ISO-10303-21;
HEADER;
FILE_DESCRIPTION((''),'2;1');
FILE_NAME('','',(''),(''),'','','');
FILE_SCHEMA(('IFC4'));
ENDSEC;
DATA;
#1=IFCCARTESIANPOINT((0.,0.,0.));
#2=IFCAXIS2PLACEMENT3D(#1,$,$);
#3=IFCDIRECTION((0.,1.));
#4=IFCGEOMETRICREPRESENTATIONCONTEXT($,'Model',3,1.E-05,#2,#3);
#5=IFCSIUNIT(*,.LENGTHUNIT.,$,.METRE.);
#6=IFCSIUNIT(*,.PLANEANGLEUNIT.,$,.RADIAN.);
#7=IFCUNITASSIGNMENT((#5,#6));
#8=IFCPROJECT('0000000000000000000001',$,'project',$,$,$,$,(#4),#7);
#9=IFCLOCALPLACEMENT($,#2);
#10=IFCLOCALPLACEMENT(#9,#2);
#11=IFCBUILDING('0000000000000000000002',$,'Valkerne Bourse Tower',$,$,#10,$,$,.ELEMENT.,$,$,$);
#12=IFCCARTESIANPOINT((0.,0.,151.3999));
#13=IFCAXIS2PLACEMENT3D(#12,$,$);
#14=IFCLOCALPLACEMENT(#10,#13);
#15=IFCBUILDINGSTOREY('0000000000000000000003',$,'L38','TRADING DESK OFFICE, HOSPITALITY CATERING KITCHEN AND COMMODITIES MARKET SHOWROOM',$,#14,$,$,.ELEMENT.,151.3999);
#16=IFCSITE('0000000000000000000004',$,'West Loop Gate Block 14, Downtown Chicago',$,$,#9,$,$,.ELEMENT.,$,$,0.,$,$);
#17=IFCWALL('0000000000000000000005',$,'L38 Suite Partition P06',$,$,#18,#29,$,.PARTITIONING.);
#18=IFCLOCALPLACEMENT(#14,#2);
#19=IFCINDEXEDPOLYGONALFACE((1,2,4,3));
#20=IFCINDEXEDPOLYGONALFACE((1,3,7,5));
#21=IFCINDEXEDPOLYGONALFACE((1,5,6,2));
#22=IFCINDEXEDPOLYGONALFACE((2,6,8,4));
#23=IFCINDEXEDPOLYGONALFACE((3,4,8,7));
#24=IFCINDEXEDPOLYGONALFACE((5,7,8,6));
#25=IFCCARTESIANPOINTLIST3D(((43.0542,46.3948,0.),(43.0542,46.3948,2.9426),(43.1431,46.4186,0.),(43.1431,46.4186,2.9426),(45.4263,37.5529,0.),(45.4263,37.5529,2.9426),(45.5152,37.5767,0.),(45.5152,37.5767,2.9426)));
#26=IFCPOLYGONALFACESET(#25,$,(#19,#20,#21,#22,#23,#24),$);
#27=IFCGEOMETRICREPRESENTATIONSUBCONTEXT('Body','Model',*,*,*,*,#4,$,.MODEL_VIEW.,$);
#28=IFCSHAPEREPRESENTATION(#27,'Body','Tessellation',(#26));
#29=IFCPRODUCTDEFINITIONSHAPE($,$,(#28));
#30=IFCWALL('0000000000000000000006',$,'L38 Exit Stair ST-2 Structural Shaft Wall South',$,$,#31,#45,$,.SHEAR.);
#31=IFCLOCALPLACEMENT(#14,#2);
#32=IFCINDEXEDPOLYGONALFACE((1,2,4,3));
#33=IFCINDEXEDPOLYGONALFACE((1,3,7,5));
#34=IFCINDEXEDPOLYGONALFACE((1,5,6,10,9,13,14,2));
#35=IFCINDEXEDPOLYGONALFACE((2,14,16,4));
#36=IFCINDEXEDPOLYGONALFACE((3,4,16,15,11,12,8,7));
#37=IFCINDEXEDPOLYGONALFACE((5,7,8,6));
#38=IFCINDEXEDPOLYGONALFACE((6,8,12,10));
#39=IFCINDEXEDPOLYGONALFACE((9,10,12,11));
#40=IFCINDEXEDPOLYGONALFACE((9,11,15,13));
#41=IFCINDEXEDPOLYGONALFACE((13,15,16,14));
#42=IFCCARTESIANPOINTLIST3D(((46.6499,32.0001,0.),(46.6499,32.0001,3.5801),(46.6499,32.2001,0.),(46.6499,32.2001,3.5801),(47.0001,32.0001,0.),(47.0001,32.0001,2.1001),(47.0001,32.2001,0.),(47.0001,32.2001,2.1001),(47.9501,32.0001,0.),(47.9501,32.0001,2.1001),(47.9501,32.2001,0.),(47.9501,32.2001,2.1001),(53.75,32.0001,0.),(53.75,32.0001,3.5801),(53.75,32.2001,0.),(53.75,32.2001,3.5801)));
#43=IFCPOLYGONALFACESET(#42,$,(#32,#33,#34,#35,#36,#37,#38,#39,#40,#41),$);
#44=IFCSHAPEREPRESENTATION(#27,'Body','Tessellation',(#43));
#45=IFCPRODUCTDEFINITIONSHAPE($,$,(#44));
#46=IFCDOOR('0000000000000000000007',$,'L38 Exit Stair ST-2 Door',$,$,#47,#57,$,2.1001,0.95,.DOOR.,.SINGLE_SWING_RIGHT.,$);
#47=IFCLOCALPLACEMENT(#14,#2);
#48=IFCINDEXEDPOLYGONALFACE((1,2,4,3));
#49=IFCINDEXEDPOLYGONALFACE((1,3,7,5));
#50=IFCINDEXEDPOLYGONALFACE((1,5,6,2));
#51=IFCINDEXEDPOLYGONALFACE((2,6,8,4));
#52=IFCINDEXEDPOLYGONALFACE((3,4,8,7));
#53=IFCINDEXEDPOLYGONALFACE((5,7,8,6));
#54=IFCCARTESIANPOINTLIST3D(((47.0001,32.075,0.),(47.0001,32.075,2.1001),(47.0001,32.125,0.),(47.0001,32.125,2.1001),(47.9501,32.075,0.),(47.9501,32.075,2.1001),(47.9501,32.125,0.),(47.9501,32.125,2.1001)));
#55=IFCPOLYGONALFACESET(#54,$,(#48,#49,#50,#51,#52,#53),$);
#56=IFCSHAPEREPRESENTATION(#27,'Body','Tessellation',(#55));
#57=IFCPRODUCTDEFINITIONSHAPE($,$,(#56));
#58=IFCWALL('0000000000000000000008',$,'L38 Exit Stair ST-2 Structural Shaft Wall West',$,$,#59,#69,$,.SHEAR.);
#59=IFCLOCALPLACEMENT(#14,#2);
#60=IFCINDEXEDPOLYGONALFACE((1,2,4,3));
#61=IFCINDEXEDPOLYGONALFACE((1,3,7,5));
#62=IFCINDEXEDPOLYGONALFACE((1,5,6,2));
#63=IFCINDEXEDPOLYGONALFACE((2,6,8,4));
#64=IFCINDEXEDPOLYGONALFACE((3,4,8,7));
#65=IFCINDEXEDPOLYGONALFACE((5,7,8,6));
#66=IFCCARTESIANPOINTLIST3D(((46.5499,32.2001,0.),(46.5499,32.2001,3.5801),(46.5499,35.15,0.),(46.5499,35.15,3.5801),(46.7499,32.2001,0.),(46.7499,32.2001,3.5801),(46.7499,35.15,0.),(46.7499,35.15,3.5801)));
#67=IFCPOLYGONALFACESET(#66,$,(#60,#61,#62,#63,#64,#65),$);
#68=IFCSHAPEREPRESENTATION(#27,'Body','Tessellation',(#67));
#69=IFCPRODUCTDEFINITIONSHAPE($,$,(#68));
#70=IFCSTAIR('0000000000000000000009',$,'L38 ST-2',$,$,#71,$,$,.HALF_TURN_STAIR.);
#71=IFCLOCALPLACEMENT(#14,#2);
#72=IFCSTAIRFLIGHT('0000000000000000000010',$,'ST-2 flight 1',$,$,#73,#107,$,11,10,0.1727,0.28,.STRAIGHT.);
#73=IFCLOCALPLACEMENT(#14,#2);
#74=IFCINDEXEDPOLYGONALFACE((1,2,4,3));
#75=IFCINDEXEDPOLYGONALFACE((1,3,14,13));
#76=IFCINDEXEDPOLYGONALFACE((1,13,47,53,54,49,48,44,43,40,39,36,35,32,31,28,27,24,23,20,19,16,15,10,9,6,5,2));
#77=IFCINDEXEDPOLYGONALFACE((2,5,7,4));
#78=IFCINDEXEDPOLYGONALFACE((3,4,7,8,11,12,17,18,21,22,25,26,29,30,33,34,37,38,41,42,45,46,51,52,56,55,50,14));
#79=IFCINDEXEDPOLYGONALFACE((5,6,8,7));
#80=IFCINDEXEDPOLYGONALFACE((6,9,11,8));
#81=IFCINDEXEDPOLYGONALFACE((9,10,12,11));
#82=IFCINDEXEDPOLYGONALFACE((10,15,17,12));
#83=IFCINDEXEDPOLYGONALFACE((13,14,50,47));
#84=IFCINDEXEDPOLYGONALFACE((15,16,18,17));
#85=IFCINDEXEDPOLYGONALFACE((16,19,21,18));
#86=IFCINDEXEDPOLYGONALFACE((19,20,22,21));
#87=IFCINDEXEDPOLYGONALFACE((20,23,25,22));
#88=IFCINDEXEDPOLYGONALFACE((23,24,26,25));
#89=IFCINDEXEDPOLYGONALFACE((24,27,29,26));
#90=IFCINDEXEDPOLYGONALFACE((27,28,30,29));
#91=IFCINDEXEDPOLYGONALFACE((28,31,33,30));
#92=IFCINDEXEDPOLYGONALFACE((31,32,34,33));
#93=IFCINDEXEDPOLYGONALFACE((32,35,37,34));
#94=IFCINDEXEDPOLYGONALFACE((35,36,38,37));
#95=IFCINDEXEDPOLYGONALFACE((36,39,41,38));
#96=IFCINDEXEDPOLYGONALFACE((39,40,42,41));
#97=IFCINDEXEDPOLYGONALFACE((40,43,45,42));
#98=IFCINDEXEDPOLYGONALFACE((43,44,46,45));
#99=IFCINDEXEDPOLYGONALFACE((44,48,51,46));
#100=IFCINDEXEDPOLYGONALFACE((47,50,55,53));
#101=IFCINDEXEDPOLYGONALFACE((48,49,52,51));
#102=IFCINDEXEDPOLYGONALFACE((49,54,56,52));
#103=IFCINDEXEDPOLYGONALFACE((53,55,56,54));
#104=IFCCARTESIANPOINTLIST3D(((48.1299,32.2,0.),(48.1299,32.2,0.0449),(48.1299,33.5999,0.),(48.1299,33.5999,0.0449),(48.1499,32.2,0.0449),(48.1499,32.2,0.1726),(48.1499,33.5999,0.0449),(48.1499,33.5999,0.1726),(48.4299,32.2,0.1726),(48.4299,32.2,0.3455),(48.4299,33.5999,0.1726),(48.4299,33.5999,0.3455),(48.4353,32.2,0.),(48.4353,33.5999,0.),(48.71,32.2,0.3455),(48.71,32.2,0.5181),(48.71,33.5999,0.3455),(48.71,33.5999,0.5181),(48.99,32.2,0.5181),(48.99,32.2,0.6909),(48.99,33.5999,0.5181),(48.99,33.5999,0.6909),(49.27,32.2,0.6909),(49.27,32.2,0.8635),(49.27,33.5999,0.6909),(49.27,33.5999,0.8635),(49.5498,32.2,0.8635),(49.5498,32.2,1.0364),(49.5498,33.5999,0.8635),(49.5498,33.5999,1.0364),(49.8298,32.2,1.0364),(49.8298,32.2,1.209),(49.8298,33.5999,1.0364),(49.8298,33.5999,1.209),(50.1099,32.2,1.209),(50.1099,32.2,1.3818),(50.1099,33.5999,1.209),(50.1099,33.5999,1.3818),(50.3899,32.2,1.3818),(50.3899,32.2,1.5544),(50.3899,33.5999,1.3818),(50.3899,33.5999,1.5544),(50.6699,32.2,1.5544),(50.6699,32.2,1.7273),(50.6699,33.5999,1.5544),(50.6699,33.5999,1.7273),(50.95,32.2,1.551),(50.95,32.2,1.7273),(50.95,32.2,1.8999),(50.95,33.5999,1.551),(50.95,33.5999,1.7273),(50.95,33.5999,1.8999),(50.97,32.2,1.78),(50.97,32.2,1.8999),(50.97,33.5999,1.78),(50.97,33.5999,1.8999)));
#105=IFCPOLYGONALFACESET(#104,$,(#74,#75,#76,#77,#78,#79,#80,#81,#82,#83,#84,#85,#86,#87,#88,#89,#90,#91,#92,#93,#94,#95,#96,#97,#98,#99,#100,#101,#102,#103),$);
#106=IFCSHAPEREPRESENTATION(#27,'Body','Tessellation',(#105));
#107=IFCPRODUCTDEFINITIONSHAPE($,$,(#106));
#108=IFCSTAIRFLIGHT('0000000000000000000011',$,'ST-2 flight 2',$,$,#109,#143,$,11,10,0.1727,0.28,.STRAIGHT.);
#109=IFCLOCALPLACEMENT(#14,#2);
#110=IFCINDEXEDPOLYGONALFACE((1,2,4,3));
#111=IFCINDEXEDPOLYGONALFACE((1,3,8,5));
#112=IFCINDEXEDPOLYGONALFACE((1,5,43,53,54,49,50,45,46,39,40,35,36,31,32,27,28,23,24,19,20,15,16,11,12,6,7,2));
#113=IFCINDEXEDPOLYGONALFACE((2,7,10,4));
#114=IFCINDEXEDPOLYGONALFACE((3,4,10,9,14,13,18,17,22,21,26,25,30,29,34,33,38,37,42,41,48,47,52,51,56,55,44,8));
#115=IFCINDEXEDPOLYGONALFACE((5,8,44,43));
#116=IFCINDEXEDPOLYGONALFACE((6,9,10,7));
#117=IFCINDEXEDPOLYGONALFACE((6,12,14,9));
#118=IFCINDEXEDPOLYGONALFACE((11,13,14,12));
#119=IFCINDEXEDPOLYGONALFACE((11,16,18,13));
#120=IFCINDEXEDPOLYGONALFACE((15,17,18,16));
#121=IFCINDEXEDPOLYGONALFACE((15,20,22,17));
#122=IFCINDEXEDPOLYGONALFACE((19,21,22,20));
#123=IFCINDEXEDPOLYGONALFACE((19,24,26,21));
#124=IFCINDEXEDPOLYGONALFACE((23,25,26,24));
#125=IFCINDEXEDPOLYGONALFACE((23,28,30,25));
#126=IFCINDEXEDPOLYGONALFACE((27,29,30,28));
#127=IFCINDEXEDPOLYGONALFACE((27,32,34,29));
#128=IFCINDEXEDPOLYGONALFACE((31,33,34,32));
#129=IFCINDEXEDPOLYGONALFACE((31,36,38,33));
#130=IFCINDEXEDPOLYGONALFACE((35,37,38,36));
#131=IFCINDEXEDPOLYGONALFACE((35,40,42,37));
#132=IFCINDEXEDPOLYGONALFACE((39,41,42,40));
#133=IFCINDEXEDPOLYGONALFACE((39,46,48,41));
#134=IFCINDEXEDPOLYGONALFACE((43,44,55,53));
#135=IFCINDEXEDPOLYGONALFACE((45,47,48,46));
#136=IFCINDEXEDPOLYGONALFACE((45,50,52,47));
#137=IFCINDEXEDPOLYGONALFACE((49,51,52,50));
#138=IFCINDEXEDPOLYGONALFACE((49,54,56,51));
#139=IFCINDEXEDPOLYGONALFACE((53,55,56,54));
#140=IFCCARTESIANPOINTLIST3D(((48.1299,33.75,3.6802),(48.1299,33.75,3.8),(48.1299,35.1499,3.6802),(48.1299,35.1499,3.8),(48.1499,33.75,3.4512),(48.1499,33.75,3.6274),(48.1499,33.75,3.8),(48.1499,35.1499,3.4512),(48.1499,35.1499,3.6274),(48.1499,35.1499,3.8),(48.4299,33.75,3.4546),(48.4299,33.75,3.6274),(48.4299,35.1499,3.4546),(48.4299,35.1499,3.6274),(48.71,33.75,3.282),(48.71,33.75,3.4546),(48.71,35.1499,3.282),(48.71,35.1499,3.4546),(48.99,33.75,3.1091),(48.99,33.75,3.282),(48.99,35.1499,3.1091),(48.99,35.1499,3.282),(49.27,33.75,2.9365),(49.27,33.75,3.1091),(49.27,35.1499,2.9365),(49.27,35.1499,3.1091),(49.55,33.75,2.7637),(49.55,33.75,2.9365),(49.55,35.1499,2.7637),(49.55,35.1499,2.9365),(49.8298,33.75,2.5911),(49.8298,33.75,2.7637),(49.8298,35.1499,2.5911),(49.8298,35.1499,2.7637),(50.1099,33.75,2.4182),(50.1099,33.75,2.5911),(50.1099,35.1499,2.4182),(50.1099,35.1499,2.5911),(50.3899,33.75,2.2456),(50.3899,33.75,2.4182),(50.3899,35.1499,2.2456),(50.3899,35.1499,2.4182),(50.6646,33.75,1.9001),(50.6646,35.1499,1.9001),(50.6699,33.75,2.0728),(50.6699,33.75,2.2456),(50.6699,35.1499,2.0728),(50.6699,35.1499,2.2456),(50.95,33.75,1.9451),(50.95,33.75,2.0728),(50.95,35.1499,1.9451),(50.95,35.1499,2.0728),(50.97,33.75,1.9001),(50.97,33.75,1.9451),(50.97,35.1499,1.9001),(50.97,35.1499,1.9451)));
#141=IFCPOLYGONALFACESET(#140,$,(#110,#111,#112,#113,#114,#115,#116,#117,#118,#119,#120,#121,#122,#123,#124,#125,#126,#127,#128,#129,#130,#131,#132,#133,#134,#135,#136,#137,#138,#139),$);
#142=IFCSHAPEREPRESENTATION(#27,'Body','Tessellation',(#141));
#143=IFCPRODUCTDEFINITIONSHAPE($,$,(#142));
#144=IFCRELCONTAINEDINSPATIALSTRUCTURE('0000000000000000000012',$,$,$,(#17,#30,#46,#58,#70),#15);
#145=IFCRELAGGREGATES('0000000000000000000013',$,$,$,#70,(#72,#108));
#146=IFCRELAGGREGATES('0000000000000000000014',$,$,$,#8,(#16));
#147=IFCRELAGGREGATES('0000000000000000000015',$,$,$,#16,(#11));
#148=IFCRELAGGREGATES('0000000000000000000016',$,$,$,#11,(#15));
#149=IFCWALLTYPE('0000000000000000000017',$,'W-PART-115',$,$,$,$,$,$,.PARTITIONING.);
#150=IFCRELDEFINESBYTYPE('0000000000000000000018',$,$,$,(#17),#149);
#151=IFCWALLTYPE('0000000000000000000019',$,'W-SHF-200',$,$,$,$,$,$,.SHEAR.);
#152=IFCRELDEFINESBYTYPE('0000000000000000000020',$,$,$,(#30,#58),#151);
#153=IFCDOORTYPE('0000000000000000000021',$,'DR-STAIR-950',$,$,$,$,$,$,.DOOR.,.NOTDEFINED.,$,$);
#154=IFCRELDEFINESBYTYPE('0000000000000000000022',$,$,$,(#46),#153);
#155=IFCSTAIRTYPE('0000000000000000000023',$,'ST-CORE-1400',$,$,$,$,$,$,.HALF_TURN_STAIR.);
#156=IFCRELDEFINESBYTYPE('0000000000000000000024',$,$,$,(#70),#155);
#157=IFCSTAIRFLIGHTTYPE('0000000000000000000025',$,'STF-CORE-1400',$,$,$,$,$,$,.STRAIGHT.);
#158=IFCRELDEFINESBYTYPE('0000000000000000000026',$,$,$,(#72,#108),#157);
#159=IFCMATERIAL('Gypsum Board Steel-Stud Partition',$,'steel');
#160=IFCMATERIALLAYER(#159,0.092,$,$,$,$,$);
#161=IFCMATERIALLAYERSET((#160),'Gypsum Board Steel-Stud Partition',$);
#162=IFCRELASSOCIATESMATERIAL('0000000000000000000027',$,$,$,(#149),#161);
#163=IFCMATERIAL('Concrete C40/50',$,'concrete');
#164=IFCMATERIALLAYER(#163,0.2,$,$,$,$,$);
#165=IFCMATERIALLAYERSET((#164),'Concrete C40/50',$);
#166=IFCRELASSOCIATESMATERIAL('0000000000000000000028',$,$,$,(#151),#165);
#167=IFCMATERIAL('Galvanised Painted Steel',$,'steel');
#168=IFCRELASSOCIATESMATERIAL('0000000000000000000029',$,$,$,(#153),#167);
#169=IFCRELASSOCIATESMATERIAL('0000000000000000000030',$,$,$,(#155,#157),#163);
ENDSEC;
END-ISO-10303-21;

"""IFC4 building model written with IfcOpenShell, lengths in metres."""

from ifc_helpers import new_model, si_unit, direction, frame, frame_2d, origin, place, context, subcontext, project, spatial, polyline, rectangle, outline, extrude, material, layer, layer_set, type_object, element, fill, aggregate, save


model = new_model("IFC4")

# Units and contexts
model_context = context("Model", 3, precision=1e-05, world=origin(), true_north=direction((0.0, 1.0)))
body_context = subcontext(model_context, "Body", "Model", "MODEL_VIEW")
ifc_project = project(units=[si_unit("LENGTHUNIT", "METRE"), si_unit("PLANEANGLEUNIT", "RADIAN")], contexts=[model_context])

# Site, building, storey
site_placement = place(None, origin())
site = spatial("IfcSite", under=ifc_project, at=site_placement, Name="West Loop Gate Block 14, Downtown Chicago", CompositionType="ELEMENT", RefElevation=0.0)
building_placement = place(site_placement, origin())
building = spatial("IfcBuilding", under=site, at=building_placement, Name="Valkerne Bourse Tower", CompositionType="ELEMENT")
storey_placement = place(building_placement, frame((0.0, 0.0, 151.3999)))
storey = spatial("IfcBuildingStorey", under=building, at=storey_placement, Name="L38", Description="TRADING DESK OFFICE, HOSPITALITY CATERING KITCHEN AND COMMODITIES MARKET SHOWROOM", CompositionType="ELEMENT", Elevation=151.3999)

# Shared definitions
ifc_material_1 = material(Name="Galvanised Painted Steel", Category="steel")

# Wall
ifc_material_2 = material(Name="Gypsum Board Steel-Stud Partition", Category="steel")
ifc_layer_1 = layer(ifc_material_2, 0.092)
ifc_layer_set_1 = layer_set([ifc_layer_1], Name="Gypsum Board Steel-Stud Partition")
wall_type_1 = type_object("IfcWallType", Name="W-PART-115", PredefinedType="PARTITIONING", material=ifc_layer_set_1)
wall_1_placement = place(storey_placement, frame((45.4707, 37.5649, 0.0), z_axis=(0.0, 0.0, 1.0), x_axis=(-0.259116, 0.965846, 0.0)))
element("IfcWall", 1, at=wall_1_placement, inside=storey, type_object=wall_type_1, Name="L38 Suite Partition P06", PredefinedType="PARTITIONING", context=body_context, shape_type="SweptSolid", body=[
    extrude(rectangle(XDim=9.1545, YDim=0.092, at=frame_2d((4.5771, 0.0))), origin(), (0.0, 0.0, 1.0), 2.9426),
])

# Wall, opening, door
ifc_material_3 = material(Name="Concrete C40/50", Category="concrete")
ifc_layer_2 = layer(ifc_material_3, 0.2)
ifc_layer_set_2 = layer_set([ifc_layer_2], Name="Concrete C40/50")
wall_type_2 = type_object("IfcWallType", Name="W-SHF-200", PredefinedType="SHEAR", material=ifc_layer_set_2)
wall_2_placement = place(storey_placement, frame((46.6499, 32.1001, 0.0), z_axis=(0.0, 0.0, 1.0), x_axis=(1.0, 0.0, 0.0)))
wall_2 = element("IfcWall", 2, at=wall_2_placement, inside=storey, type_object=wall_type_2, Name="L38 Exit Stair ST-2 Structural Shaft Wall South", PredefinedType="SHEAR", context=body_context, shape_type="SweptSolid", body=[
    extrude(rectangle(XDim=7.1001, YDim=0.2, at=frame_2d((3.55, 0.0))), origin(), (0.0, 0.0, 1.0), 3.5801),
])
opening_1_placement = place(wall_2_placement, frame((0.3501, 0.0, 0.0)))
opening_1 = element("IfcOpeningElement", 3, at=opening_1_placement, cuts=wall_2, PredefinedType="OPENING", context=body_context, shape_type="SweptSolid", body=[
    extrude(rectangle(XDim=0.95, YDim=2.1001, at=frame_2d((0.4751, 1.05))), frame((0.0, 0.1099, 0.0), z_axis=(0.0, -1.0, 0.0), x_axis=(1.0, 0.0, 0.0)), (0.0, 0.0, 1.0), 0.22),
])
door_type_1 = type_object("IfcDoorType", Name="DR-STAIR-950", OperationType="NOTDEFINED", PredefinedType="DOOR", material=ifc_material_1)
door_1_placement = place(opening_1_placement, origin())
door_1 = element("IfcDoor", 4, at=door_1_placement, inside=storey, type_object=door_type_1, Name="L38 Exit Stair ST-2 Door", OperationType="SINGLE_SWING_RIGHT", OverallHeight=2.1001, OverallWidth=0.95, PredefinedType="DOOR", context=body_context, shape_type="SweptSolid", body=[
    extrude(rectangle(XDim=0.95, YDim=2.1001, at=frame_2d((0.4751, 1.05))), frame((0.0, 0.0249, 0.0), z_axis=(0.0, -1.0, 0.0), x_axis=(1.0, 0.0, 0.0)), (0.0, 0.0, 1.0), 0.05),
])
fill(opening_1, door_1)

# Wall
wall_3_placement = place(storey_placement, frame((46.6499, 32.2, 0.0), z_axis=(0.0, 0.0, 1.0), x_axis=(0.0, 1.0, 0.0)))
element("IfcWall", 5, at=wall_3_placement, inside=storey, type_object=wall_type_2, Name="L38 Exit Stair ST-2 Structural Shaft Wall West", PredefinedType="SHEAR", context=body_context, shape_type="SweptSolid", body=[
    extrude(rectangle(XDim=2.95, YDim=0.2, at=frame_2d((1.4751, 0.0))), origin(), (0.0, 0.0, 1.0), 3.5801),
])

# Stair, stair flights
stair_type = type_object("IfcStairType", Name="ST-CORE-1400", PredefinedType="HALF_TURN_STAIR", material=ifc_material_3)
stair_placement = place(storey_placement, origin())
stair = element("IfcStair", 6, at=stair_placement, inside=storey, type_object=stair_type, Name="L38 ST-2", PredefinedType="HALF_TURN_STAIR")
stair_flight_type = type_object("IfcStairFlightType", Name="STF-CORE-1400", PredefinedType="STRAIGHT", material=ifc_material_3)
stair_flight_1_placement = place(storey_placement, frame((48.1499, 32.8999, 0.0), z_axis=(0.0, 0.0, 1.0), x_axis=(1.0, 0.0, 0.0)))
stair_flight_1 = element("IfcStairFlight", 7, at=stair_flight_1_placement, type_object=stair_flight_type, Name="ST-2 flight 1", NumberOfRisers=11, NumberOfTreads=10, PredefinedType="STRAIGHT", RiserHeight=0.1727, TreadLength=0.28, context=body_context, shape_type="SweptSolid", body=[
    extrude(outline(polyline([(-0.02, 0.0), (-0.02, 0.0449), (0.0, 0.0449), (0.0, 0.1726), (0.28, 0.1726), (0.28, 0.3455), (0.5601, 0.3455), (0.5601, 0.5181), (0.8401, 0.5181), (0.8401, 0.6909), (1.1201, 0.6909), (1.1201, 0.8635), (1.3999, 0.8635), (1.3999, 1.0364), (1.6799, 1.0364), (1.6799, 1.209), (1.96, 1.209), (1.96, 1.3818), (2.24, 1.3818), (2.24, 1.5544), (2.52, 1.5544), (2.52, 1.7273), (2.8, 1.7273), (2.8, 1.8999), (2.8201, 1.8999), (2.8201, 1.78), (2.8, 1.551), (0.2854, 0.0), (-0.02, 0.0)])), frame((0.0, 0.7, 0.0), z_axis=(0.0, -1.0, 0.0), x_axis=(1.0, 0.0, 0.0)), (0.0, 0.0, 1.0), 1.3999),
])
stair_flight_2_placement = place(storey_placement, frame((50.95, 34.45, 1.9001), z_axis=(0.0, 0.0, 1.0), x_axis=(-1.0, 0.0, 0.0)))
stair_flight_2 = element("IfcStairFlight", 8, at=stair_flight_2_placement, type_object=stair_flight_type, Name="ST-2 flight 2", NumberOfRisers=11, NumberOfTreads=10, PredefinedType="STRAIGHT", RiserHeight=0.1727, TreadLength=0.28, context=body_context, shape_type="SweptSolid", body=[
    extrude(outline(polyline([(-0.02, 0.0), (-0.02, 0.0449), (0.0, 0.0449), (0.0, 0.1726), (0.28, 0.1726), (0.28, 0.3455), (0.5601, 0.3455), (0.5601, 0.5181), (0.8401, 0.5181), (0.8401, 0.6909), (1.1201, 0.6909), (1.1201, 0.8635), (1.3999, 0.8635), (1.3999, 1.0364), (1.6799, 1.0364), (1.6799, 1.209), (1.96, 1.209), (1.96, 1.3818), (2.24, 1.3818), (2.24, 1.5544), (2.52, 1.5544), (2.52, 1.7273), (2.8, 1.7273), (2.8, 1.8999), (2.8201, 1.8999), (2.8201, 1.78), (2.8, 1.551), (0.2854, 0.0), (-0.02, 0.0)])), frame((0.0, 0.7, 0.0), z_axis=(0.0, -1.0, 0.0), x_axis=(1.0, 0.0, 0.0)), (0.0, 0.0, 1.0), 1.3999),
])
aggregate(stair, [stair_flight_1, stair_flight_2])

save(model, "model.ifc")
